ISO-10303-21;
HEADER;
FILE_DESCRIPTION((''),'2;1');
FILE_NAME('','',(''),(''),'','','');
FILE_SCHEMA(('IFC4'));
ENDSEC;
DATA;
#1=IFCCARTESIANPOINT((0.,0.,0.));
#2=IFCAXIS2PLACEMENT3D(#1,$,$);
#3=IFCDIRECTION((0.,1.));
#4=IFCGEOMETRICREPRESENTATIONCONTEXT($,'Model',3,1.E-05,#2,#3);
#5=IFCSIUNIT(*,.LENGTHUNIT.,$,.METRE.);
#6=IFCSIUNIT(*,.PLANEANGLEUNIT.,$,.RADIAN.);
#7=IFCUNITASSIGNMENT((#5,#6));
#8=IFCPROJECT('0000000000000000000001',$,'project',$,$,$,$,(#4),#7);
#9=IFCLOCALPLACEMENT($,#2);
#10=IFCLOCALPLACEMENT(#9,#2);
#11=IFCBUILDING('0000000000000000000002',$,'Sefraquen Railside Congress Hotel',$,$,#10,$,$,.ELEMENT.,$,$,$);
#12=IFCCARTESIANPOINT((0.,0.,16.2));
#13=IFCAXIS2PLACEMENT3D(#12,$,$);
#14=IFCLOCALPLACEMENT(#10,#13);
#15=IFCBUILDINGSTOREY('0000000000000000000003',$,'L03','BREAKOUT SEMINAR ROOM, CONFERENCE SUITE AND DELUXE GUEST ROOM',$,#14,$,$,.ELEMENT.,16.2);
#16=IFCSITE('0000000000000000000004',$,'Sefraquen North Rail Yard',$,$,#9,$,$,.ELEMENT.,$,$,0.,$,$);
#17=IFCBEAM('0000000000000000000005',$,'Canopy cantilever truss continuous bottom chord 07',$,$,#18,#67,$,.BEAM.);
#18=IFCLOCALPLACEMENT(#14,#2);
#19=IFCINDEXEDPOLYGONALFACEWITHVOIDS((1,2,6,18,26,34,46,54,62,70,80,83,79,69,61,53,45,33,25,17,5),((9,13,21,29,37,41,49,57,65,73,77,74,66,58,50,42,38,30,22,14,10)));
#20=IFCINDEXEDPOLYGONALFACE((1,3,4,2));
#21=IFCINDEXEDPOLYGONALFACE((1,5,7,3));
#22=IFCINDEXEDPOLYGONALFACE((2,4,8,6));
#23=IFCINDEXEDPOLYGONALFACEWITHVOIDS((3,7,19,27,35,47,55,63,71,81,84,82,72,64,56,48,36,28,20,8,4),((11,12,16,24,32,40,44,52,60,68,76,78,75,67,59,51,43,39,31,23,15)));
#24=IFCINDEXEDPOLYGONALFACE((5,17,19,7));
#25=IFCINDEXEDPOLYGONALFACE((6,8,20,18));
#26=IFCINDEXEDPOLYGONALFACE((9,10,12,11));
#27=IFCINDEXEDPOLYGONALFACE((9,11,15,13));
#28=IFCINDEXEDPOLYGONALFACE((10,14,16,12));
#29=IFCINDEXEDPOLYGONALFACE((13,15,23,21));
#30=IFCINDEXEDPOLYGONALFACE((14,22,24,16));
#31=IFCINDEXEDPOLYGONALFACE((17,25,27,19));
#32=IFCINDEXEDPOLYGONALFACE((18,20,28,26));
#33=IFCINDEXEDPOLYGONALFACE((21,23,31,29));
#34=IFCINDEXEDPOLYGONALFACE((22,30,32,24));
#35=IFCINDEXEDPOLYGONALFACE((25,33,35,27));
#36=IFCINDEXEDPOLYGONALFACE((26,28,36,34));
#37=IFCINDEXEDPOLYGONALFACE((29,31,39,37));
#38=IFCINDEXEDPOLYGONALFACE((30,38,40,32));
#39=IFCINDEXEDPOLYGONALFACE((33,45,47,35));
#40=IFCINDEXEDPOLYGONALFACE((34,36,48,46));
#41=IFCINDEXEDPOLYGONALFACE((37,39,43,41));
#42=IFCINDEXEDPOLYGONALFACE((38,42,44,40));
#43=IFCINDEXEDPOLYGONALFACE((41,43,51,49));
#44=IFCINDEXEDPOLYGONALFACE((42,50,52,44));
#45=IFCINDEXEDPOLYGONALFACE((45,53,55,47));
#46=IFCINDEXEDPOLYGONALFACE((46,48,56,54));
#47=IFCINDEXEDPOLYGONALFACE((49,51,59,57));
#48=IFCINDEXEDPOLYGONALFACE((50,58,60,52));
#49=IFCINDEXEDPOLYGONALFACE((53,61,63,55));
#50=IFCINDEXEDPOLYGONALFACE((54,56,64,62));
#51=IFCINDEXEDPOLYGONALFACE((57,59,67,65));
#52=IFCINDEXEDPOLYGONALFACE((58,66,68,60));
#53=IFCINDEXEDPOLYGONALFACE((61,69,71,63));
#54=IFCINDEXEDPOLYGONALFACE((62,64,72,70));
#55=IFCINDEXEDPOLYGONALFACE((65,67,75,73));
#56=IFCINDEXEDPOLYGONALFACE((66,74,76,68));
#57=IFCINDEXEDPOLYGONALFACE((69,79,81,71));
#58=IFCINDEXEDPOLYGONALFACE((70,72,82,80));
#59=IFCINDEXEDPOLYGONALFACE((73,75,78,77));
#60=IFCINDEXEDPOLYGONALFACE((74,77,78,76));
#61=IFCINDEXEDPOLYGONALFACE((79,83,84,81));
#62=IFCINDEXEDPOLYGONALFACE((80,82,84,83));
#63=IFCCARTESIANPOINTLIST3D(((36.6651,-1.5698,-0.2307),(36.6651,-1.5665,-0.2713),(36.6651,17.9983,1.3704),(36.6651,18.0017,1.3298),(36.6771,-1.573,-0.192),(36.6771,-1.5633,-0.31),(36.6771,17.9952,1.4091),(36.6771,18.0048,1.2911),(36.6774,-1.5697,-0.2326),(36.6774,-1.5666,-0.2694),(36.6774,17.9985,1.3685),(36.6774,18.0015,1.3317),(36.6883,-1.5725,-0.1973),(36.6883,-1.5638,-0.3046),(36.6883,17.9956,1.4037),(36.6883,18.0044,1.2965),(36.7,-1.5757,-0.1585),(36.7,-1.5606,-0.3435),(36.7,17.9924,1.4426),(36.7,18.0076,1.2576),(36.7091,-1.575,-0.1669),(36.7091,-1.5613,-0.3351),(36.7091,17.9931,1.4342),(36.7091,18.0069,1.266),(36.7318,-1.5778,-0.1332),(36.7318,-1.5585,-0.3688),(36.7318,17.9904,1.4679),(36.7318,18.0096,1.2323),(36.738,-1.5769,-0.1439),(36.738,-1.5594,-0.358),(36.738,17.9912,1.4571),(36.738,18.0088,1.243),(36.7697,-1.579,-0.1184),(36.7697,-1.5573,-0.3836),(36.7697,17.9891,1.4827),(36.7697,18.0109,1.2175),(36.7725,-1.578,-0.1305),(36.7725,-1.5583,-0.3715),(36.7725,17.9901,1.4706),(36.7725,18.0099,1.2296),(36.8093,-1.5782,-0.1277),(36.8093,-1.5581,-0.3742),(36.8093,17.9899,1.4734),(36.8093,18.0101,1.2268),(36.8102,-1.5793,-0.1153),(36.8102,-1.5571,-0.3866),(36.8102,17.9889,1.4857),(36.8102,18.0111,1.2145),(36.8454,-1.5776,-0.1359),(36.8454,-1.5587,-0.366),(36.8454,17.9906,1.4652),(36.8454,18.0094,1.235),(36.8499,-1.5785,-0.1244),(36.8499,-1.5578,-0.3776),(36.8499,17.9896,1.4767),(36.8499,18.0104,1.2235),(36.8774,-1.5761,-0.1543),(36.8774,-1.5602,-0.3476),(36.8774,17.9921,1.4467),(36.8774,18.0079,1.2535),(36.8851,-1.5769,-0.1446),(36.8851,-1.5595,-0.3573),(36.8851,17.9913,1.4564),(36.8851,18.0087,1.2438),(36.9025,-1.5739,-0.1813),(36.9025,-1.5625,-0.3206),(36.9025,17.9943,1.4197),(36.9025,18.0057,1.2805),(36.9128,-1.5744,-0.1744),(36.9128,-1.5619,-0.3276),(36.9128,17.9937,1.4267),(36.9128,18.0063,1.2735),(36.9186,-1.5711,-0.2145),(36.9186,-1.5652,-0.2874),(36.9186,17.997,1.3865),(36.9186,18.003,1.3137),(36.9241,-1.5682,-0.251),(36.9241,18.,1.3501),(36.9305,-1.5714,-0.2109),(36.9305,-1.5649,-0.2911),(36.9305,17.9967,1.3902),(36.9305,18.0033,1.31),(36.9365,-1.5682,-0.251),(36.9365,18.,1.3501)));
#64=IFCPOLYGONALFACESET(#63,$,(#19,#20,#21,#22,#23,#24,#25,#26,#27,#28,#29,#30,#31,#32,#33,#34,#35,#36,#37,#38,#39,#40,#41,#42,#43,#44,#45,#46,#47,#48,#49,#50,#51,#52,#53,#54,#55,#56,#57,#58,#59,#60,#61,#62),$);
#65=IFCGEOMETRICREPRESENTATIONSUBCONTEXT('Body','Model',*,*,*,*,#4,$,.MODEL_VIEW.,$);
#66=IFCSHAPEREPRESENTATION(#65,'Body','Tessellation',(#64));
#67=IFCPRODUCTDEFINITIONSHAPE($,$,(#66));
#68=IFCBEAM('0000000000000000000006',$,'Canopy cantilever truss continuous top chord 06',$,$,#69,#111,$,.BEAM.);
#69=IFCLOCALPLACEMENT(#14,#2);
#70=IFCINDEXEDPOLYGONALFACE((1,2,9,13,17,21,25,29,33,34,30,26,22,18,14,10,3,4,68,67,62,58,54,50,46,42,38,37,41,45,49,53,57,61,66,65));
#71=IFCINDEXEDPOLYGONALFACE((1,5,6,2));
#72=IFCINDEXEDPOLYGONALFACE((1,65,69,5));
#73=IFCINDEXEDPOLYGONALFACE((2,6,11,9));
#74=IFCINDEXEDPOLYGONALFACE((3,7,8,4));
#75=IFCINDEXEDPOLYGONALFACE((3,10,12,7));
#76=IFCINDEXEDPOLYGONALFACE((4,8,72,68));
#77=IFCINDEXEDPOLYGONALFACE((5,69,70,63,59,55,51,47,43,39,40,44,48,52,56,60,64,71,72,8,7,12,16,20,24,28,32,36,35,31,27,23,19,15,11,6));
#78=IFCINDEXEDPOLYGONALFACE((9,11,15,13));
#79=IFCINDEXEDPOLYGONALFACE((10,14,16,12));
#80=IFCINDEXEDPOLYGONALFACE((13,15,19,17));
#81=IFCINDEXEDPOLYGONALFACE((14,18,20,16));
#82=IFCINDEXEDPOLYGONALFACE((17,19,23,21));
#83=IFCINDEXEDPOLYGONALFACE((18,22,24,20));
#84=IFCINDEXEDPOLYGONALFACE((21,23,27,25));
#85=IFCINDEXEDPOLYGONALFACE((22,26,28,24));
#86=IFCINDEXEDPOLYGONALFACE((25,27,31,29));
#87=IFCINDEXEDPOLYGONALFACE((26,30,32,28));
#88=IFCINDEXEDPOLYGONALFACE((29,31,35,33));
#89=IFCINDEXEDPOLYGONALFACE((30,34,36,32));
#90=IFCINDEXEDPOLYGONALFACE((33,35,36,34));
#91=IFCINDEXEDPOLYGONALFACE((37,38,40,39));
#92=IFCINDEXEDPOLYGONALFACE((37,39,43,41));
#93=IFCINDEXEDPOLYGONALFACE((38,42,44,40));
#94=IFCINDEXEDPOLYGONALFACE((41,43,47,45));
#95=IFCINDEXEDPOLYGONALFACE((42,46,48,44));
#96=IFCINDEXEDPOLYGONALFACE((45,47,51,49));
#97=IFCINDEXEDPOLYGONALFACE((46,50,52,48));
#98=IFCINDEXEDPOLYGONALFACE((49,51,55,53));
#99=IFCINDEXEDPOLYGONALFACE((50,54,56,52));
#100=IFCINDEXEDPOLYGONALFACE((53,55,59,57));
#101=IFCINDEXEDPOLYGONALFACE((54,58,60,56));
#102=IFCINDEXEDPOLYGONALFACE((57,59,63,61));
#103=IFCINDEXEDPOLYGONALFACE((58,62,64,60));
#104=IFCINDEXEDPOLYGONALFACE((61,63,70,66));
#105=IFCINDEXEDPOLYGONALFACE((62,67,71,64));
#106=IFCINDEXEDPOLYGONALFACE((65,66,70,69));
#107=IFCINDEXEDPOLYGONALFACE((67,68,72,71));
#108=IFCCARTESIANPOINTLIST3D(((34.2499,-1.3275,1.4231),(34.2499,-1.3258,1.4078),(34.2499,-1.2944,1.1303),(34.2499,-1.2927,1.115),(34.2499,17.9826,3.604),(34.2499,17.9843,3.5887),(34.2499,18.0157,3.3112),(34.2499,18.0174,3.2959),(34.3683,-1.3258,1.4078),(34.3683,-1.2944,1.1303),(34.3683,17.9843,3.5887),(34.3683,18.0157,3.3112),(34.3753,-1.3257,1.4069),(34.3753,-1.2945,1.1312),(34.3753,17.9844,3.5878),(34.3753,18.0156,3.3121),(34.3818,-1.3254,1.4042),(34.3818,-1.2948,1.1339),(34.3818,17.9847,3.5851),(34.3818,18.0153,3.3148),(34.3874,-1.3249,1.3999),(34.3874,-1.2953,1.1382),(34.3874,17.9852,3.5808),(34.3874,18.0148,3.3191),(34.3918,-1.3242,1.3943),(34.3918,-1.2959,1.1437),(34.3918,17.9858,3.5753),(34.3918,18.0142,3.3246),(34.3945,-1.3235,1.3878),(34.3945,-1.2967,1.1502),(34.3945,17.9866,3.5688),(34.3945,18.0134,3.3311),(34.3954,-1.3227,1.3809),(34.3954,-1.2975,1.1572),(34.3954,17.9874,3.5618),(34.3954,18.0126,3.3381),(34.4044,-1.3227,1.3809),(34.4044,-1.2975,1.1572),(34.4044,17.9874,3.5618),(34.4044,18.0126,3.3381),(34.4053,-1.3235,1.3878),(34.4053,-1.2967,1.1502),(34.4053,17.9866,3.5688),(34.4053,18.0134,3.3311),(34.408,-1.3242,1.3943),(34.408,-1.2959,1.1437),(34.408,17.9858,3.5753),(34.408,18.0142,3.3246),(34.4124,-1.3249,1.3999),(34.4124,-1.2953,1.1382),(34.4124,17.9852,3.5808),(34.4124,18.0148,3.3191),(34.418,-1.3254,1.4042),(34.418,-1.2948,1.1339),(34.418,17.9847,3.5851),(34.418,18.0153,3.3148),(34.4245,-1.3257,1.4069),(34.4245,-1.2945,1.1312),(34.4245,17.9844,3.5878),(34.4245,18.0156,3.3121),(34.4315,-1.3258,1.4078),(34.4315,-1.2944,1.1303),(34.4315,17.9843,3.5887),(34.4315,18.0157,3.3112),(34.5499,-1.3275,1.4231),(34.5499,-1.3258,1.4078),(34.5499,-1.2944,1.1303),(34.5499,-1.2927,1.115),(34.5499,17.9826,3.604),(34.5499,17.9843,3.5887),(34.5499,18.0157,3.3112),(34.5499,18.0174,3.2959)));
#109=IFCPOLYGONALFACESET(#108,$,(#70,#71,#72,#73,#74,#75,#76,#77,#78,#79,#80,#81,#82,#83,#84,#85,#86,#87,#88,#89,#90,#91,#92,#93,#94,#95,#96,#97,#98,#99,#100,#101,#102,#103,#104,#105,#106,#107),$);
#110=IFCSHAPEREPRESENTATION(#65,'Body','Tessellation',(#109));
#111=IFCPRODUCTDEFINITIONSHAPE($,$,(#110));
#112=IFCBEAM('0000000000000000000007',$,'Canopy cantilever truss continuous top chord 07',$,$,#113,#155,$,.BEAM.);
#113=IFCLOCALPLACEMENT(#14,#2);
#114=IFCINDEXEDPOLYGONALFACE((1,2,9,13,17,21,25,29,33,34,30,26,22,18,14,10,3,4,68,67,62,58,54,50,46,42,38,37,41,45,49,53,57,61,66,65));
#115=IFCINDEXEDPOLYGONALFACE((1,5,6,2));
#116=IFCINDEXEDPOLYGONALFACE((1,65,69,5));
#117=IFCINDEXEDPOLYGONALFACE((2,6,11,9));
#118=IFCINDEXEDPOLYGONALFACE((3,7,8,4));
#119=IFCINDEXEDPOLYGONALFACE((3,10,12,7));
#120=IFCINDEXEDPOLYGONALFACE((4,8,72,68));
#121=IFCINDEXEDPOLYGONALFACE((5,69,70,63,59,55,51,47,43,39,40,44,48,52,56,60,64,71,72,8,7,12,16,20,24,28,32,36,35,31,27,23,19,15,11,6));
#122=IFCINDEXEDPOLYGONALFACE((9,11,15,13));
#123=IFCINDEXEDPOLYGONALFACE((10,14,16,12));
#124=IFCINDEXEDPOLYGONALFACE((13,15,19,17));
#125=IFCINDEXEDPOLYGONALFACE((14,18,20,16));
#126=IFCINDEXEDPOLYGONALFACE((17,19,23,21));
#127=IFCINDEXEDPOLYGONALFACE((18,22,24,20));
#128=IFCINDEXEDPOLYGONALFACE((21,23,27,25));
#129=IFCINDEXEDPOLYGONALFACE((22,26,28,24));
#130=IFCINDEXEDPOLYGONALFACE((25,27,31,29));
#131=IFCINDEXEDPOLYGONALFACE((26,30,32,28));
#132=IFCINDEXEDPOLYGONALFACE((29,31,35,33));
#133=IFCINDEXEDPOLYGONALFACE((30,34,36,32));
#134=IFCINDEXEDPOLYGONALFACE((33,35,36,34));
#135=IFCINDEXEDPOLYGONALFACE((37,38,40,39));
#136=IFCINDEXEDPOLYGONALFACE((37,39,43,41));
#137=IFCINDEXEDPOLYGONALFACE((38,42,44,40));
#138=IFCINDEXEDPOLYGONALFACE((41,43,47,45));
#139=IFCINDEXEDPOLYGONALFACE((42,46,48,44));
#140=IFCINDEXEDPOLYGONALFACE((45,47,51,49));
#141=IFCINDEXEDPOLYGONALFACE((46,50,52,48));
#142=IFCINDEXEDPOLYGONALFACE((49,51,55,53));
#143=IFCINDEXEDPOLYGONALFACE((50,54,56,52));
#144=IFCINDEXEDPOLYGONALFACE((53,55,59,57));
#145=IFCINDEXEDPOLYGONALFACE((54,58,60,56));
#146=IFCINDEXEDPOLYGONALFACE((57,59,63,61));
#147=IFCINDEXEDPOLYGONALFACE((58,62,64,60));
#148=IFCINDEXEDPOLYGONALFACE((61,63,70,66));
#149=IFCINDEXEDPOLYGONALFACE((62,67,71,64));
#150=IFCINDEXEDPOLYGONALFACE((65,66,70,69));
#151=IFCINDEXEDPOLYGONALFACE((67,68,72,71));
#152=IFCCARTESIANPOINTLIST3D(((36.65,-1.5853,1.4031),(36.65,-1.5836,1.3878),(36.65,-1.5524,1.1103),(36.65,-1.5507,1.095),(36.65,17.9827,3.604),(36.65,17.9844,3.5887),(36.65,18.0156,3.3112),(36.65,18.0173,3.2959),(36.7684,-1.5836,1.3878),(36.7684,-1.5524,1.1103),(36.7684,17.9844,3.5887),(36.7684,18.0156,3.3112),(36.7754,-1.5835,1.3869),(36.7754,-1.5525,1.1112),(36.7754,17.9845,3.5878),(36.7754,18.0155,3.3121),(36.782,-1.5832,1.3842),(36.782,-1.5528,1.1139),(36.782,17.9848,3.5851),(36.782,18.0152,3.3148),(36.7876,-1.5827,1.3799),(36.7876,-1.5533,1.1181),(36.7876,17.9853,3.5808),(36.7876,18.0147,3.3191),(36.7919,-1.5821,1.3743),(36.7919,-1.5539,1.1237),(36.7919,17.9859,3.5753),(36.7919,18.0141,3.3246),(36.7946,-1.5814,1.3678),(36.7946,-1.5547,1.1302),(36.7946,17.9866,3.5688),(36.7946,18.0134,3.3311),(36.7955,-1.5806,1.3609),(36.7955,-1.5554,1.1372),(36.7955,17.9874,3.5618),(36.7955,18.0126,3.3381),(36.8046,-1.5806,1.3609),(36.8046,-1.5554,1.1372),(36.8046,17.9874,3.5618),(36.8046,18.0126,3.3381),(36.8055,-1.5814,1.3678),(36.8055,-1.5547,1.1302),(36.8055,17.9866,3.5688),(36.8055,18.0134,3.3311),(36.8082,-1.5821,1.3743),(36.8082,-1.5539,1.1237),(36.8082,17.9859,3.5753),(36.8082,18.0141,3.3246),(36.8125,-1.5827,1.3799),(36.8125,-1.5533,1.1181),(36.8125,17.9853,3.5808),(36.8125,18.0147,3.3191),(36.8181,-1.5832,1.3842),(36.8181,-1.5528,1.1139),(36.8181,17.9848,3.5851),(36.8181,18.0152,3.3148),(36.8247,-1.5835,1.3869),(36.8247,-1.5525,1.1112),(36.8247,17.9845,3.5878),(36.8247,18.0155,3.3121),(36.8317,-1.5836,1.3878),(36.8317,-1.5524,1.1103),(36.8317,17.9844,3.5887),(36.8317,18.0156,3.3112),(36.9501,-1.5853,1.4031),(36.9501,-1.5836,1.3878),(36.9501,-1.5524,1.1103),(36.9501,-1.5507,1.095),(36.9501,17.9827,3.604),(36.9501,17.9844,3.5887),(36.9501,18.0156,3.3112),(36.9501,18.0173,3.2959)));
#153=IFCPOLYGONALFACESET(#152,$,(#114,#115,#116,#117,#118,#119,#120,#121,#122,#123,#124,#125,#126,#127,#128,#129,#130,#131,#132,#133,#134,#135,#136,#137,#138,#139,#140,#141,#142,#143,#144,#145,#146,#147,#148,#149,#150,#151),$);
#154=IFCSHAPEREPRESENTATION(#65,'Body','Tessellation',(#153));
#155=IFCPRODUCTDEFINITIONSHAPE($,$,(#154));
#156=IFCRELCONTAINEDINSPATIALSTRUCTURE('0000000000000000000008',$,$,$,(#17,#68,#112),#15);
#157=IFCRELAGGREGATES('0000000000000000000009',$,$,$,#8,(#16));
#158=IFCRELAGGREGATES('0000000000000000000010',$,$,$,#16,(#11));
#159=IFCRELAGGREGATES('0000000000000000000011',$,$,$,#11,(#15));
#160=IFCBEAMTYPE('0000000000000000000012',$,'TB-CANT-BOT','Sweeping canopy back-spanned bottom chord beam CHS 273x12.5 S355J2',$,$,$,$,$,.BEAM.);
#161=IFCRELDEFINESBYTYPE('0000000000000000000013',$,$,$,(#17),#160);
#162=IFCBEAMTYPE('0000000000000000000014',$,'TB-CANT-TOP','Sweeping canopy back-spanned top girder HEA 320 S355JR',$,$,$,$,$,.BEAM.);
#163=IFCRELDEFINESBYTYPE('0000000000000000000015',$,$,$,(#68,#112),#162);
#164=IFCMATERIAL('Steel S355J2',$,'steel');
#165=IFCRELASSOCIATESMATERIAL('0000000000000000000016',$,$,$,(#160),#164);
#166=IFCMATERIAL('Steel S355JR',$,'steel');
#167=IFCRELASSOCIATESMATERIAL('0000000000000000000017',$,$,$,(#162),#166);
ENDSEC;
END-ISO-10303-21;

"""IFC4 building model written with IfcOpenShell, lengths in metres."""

from ifc_helpers import new_model, si_unit, direction, frame, origin, origin_2d, place, context, subcontext, project, spatial, hollow_circle, i_section, extrude, material, material_profile, profile_set, type_object, element, save


model = new_model("IFC4")

# Units and contexts
model_context = context("Model", 3, precision=1e-05, world=origin(), true_north=direction((0.0, 1.0)))
body_context = subcontext(model_context, "Body", "Model", "MODEL_VIEW")
ifc_project = project(units=[si_unit("LENGTHUNIT", "METRE"), si_unit("PLANEANGLEUNIT", "RADIAN")], contexts=[model_context])

# Site, building, storey
site_placement = place(None, origin())
site = spatial("IfcSite", under=ifc_project, at=site_placement, Name="Sefraquen North Rail Yard", CompositionType="ELEMENT", RefElevation=0.0)
building_placement = place(site_placement, origin())
building = spatial("IfcBuilding", under=site, at=building_placement, Name="Sefraquen Railside Congress Hotel", CompositionType="ELEMENT")
storey_placement = place(building_placement, frame((0.0, 0.0, 16.2)))
storey = spatial("IfcBuildingStorey", under=building, at=storey_placement, Name="L03", Description="BREAKOUT SEMINAR ROOM, CONFERENCE SUITE AND DELUXE GUEST ROOM", CompositionType="ELEMENT", Elevation=16.2)

# Beams
ifc_material_1 = material(Name="Steel S355JR", Category="steel")
ifc_material_2 = material(Name="Steel S355J2", Category="steel")
ifc_material_profile_1 = material_profile(ifc_material_2, hollow_circle(Radius=0.1365, WallThickness=0.0125, at=origin_2d()), Name="CHS 273x12.5")
ifc_profile_set_1 = profile_set([ifc_material_profile_1], Name="Steel S355J2")
beam_type_1 = type_object("IfcBeamType", Name="TB-CANT-BOT", Description="Sweeping canopy back-spanned bottom chord beam CHS 273x12.5 S355J2", PredefinedType="BEAM", material=ifc_profile_set_1)
beam_1_placement = place(storey_placement, frame((36.8, 18.0, 1.3501), z_axis=(0.0, -0.996669, -0.081548), x_axis=(1.0, 0.0, 0.0)))
element("IfcBeam", 1, at=beam_1_placement, inside=storey, type_object=beam_type_1, Name="Canopy cantilever truss continuous bottom chord 07", PredefinedType="BEAM", context=body_context, shape_type="SweptSolid", body=[
    extrude(hollow_circle(Radius=0.1365, WallThickness=0.0125, at=origin_2d()), origin(), (0.0, 0.0, 1.0), 19.6335),
])
ifc_material_profile_2 = material_profile(ifc_material_1, i_section(OverallWidth=0.3, OverallDepth=0.3101, WebThickness=0.009, FlangeThickness=0.0154, FilletRadius=0.0271, at=origin_2d()), Name="HEA 320")
ifc_profile_set_2 = profile_set([ifc_material_profile_2], Name="Steel S355JR")
beam_type_2 = type_object("IfcBeamType", Name="TB-CANT-TOP", Description="Sweeping canopy back-spanned top girder HEA 320 S355JR", PredefinedType="BEAM", material=ifc_profile_set_2)
beam_2_placement = place(storey_placement, frame((34.3999, 18.0, 3.45), z_axis=(0.0, -0.993682, -0.112228), x_axis=(1.0, 0.0, 0.0)))
element("IfcBeam", 2, at=beam_2_placement, inside=storey, type_object=beam_type_2, Name="Canopy cantilever truss continuous top chord 06", PredefinedType="BEAM", context=body_context, shape_type="SweptSolid", body=[
    extrude(i_section(OverallWidth=0.3, OverallDepth=0.3101, WebThickness=0.009, FlangeThickness=0.0154, FilletRadius=0.0271, at=origin_2d()), origin(), (0.0, 0.0, 1.0), 19.4329),
])
beam_3_placement = place(storey_placement, frame((36.8, 18.0, 3.45), z_axis=(0.0, -0.993734, -0.11177), x_axis=(1.0, 0.0, 0.0)))
element("IfcBeam", 3, at=beam_3_placement, inside=storey, type_object=beam_type_2, Name="Canopy cantilever truss continuous top chord 07", PredefinedType="BEAM", context=body_context, shape_type="SweptSolid", body=[
    extrude(i_section(OverallWidth=0.3, OverallDepth=0.3101, WebThickness=0.009, FlangeThickness=0.0154, FilletRadius=0.0271, at=origin_2d()), origin(), (0.0, 0.0, 1.0), 19.6914),
])

save(model, "model.ifc")
